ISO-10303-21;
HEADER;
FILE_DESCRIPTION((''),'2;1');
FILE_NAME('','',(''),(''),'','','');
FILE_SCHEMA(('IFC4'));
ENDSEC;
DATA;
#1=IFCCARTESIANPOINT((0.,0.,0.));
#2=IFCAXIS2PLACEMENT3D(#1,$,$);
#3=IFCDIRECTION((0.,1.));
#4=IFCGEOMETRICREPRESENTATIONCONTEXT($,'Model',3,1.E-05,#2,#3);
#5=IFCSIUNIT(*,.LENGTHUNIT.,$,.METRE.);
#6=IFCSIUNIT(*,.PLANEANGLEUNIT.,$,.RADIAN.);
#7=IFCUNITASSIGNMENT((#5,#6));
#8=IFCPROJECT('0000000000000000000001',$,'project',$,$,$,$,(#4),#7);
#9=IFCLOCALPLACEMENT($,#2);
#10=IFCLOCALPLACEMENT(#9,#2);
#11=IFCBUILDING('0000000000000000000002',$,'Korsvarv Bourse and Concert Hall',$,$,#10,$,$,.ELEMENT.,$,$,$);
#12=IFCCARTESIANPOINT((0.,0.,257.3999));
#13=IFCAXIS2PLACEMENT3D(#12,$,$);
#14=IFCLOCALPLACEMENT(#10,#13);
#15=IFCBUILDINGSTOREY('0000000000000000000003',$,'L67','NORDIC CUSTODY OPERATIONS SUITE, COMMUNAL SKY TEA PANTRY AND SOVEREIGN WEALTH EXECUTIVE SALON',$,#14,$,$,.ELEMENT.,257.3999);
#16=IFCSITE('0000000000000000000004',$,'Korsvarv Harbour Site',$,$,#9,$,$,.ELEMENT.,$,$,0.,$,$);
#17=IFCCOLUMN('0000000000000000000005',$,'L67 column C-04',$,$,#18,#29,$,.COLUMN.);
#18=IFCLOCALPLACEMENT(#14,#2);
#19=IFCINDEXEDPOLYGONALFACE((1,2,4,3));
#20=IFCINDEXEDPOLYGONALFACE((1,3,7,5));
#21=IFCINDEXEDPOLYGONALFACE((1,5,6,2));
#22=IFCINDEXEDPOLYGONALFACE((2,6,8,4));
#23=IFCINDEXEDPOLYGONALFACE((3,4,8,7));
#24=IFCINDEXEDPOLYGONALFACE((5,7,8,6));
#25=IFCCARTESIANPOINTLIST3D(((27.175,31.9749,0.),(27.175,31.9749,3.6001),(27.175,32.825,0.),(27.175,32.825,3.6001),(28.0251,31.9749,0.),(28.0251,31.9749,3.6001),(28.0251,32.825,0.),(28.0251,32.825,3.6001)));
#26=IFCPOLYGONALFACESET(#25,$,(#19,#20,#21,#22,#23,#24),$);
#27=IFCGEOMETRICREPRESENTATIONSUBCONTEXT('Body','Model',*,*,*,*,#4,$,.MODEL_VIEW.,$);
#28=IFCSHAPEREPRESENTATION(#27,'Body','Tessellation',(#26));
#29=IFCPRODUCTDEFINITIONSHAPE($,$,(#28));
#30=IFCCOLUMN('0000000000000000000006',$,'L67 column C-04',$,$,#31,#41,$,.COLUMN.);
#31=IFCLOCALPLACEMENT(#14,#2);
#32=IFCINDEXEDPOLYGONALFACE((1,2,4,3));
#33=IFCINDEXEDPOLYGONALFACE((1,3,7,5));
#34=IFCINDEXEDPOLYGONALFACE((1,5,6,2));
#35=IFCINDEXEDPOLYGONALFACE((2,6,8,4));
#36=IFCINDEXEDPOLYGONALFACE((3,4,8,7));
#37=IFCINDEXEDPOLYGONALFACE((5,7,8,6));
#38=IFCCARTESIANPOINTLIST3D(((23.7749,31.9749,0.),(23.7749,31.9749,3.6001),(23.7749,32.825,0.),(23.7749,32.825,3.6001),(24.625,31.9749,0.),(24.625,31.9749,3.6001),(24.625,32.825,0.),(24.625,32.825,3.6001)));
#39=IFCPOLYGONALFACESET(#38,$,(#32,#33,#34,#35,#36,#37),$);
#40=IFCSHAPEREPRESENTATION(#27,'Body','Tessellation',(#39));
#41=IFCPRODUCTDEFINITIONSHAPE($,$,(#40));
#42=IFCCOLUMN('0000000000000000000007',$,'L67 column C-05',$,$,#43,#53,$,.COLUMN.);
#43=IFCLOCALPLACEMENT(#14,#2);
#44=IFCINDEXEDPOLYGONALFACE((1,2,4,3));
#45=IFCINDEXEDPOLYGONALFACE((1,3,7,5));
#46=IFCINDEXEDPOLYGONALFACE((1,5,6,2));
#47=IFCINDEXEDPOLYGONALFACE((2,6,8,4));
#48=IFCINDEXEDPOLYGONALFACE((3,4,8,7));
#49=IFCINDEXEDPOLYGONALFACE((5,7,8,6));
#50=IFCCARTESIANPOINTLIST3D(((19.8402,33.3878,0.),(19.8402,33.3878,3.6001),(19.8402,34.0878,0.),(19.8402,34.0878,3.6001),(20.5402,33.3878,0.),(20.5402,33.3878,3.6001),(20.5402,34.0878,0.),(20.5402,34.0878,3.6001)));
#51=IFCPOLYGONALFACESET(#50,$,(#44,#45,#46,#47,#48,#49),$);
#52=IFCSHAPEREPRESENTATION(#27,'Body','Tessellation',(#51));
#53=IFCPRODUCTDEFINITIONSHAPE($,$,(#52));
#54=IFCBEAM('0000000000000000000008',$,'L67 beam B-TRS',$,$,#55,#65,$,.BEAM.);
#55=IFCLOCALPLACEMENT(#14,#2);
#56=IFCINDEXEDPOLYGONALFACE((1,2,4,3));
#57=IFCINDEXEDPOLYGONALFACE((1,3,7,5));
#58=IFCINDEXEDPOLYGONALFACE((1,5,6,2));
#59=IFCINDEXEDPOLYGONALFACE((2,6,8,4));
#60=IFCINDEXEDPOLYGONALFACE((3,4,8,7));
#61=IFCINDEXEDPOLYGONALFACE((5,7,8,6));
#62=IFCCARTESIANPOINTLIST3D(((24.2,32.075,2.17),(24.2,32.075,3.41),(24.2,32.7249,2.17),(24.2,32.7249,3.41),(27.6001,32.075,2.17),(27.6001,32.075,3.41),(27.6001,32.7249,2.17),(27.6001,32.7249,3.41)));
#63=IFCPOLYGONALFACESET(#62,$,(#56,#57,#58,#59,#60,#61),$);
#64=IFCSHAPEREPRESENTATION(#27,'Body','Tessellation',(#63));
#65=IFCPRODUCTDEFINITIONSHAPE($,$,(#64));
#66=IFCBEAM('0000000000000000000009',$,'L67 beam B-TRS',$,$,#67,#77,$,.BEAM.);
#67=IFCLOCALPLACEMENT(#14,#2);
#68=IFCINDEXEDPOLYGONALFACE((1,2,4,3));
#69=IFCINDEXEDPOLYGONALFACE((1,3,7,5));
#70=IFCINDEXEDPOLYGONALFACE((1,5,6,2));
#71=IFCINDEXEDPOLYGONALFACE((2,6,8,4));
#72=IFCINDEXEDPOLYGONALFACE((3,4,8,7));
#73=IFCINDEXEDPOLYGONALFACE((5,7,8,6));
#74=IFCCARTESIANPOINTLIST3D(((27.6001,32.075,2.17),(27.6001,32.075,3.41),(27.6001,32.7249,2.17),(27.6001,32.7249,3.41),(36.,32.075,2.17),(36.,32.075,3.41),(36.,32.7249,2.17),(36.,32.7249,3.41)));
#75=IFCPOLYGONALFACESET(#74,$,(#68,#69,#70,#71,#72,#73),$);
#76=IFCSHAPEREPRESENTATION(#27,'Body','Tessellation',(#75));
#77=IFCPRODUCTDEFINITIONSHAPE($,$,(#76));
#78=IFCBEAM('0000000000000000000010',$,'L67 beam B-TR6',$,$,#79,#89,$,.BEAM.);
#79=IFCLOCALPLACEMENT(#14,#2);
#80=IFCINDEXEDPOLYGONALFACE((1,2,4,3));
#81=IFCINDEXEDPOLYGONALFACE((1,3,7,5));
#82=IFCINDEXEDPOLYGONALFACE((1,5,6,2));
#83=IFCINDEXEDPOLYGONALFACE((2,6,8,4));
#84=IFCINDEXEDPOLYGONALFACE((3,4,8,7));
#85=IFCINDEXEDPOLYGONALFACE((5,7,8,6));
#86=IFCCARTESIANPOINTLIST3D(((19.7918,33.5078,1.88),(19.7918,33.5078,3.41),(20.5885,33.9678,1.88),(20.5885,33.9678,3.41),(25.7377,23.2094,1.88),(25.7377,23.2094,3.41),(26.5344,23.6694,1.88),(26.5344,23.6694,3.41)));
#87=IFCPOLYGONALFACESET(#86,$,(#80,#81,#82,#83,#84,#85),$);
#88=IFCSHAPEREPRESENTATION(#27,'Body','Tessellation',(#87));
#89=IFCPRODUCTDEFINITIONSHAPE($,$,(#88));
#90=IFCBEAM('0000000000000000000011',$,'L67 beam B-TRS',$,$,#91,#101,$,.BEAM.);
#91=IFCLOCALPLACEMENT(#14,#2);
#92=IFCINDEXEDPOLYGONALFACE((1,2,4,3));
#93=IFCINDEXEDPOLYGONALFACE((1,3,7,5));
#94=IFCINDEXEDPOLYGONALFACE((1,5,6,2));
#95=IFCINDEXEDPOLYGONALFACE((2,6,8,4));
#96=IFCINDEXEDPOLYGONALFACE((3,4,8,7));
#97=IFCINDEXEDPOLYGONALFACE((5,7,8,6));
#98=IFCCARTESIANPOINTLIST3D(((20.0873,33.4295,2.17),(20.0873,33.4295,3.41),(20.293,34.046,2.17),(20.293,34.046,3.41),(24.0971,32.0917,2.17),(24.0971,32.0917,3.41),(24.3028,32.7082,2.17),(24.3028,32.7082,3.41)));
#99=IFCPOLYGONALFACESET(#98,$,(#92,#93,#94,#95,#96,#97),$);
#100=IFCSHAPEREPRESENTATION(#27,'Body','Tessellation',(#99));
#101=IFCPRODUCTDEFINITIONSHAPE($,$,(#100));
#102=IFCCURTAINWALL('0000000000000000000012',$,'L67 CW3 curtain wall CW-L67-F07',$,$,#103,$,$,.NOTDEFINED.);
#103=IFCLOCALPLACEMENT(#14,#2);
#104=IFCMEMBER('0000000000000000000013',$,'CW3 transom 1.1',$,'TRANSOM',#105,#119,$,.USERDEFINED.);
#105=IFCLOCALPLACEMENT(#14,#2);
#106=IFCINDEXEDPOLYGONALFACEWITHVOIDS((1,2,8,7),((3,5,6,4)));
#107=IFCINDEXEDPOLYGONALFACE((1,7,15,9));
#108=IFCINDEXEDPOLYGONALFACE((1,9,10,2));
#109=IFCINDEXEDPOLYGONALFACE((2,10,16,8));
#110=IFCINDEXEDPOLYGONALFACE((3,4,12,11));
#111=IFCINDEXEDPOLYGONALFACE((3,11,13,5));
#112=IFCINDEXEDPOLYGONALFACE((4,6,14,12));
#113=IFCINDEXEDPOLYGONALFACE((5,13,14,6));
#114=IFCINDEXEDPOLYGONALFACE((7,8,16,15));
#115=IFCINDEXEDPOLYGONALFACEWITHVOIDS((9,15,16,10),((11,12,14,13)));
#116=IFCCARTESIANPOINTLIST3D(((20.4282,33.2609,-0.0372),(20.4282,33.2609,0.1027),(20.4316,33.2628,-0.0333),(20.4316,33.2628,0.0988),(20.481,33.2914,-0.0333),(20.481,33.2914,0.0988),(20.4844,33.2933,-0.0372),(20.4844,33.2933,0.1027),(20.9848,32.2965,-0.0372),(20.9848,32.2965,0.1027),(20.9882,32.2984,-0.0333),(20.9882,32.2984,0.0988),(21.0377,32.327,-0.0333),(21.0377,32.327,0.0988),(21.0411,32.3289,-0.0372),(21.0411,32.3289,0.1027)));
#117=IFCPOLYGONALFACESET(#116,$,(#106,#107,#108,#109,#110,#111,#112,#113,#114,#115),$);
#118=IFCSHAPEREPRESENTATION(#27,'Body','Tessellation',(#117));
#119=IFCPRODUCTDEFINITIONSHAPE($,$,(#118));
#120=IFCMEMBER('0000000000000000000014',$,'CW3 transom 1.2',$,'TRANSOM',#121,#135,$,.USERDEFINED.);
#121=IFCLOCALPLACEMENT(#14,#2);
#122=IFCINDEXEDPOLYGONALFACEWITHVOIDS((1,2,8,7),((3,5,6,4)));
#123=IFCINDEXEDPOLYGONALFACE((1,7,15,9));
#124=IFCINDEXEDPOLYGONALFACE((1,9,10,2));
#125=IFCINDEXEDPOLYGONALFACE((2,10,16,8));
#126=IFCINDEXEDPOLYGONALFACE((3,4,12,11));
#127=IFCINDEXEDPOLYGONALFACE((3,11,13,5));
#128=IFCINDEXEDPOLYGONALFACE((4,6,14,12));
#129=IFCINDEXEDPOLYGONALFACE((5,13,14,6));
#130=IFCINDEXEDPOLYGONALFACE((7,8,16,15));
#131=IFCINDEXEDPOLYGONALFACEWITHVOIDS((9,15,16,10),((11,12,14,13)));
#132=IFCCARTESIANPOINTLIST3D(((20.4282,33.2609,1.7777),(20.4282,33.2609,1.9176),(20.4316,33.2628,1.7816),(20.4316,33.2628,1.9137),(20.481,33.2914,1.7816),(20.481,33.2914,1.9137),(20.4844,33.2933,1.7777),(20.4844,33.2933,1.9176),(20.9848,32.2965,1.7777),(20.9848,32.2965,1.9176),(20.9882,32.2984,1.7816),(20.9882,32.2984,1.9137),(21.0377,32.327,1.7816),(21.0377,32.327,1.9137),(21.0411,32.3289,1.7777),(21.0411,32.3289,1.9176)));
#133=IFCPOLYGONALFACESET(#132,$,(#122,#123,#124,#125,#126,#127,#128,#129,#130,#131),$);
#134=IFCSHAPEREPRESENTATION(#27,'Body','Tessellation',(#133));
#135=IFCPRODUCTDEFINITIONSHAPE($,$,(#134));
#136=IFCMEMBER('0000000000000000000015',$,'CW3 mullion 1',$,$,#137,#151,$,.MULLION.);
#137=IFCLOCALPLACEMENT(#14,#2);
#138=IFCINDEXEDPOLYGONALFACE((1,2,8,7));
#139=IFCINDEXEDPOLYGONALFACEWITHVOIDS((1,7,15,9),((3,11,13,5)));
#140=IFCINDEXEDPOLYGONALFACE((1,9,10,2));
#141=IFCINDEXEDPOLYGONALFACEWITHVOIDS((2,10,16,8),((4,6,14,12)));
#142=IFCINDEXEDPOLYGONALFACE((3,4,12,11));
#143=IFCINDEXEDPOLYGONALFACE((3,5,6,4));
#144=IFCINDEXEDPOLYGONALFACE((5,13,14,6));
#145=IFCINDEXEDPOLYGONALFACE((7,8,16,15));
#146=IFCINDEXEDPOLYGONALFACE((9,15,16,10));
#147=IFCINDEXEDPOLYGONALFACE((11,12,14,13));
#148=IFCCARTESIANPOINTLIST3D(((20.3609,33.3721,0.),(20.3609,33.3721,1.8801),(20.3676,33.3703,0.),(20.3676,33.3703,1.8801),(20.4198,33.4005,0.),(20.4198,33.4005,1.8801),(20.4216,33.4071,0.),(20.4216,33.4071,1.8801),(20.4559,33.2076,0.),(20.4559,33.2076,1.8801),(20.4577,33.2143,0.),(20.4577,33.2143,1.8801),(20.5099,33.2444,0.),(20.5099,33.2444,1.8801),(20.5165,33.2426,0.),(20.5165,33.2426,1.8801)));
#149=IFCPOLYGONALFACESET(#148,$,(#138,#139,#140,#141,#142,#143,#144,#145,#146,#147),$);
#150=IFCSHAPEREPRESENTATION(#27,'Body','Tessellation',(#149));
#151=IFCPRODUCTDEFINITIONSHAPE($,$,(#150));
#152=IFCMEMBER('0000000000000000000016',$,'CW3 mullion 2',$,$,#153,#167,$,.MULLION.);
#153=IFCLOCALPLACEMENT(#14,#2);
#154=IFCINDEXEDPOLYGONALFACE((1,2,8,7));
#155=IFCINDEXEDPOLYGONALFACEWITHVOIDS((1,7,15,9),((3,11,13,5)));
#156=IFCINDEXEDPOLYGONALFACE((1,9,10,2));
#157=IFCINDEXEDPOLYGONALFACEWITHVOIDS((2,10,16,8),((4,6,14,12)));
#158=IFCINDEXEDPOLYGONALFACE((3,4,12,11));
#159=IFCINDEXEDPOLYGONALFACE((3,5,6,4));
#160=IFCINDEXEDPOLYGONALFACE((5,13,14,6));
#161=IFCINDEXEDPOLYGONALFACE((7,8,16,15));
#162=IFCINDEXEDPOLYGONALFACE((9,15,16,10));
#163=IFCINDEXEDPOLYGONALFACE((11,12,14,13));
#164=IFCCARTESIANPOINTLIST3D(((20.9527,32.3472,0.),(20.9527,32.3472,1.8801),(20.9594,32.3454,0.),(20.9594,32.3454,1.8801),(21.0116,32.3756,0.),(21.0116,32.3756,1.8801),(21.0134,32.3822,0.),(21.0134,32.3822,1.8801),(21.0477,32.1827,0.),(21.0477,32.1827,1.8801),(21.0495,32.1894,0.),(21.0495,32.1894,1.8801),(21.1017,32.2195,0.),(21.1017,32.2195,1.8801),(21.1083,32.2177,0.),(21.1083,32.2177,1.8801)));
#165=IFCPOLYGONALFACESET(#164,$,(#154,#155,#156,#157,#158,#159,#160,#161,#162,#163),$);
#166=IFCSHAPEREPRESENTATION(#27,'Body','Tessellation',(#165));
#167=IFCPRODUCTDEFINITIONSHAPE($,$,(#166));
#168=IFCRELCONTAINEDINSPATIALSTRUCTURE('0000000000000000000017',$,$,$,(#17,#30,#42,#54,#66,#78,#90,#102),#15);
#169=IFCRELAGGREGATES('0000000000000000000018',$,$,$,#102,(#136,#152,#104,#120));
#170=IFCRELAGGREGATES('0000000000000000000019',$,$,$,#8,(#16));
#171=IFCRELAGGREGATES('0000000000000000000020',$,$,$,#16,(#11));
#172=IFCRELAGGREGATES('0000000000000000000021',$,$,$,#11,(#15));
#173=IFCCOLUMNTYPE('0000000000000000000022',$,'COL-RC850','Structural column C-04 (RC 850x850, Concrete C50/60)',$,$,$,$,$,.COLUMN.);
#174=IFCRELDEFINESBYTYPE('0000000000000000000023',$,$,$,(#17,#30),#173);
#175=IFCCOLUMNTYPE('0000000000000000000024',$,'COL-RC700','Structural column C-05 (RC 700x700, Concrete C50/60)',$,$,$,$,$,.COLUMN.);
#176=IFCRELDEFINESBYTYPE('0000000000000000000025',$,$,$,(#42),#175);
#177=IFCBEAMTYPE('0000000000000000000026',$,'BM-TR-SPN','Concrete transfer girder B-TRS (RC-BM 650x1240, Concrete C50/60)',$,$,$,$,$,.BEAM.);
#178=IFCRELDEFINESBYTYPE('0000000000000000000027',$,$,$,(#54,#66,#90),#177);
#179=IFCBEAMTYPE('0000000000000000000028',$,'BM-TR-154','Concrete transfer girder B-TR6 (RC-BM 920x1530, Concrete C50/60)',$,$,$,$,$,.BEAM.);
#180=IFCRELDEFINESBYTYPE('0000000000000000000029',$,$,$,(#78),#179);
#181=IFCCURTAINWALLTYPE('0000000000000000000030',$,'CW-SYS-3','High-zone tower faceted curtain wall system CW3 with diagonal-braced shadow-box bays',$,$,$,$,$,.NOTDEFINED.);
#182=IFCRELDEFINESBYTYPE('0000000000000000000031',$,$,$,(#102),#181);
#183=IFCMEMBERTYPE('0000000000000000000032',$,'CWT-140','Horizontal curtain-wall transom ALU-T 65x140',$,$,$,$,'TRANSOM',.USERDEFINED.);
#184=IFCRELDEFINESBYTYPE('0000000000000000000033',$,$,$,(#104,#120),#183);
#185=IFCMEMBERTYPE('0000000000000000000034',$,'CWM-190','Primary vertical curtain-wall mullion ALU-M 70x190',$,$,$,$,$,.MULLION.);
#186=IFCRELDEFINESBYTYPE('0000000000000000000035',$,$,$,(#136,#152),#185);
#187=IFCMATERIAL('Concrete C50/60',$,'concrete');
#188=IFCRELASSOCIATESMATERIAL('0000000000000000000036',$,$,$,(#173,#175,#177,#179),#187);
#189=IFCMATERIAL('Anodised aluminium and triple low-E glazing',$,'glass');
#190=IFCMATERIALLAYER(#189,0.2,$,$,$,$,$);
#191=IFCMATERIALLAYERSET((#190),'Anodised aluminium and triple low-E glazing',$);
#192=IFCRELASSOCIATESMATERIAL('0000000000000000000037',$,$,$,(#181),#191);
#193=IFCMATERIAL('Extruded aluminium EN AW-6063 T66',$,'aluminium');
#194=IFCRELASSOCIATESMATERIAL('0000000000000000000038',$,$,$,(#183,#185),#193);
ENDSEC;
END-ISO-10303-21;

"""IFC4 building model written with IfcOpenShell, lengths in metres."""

from ifc_helpers import new_model, si_unit, direction, frame, origin, origin_2d, place, context, subcontext, project, spatial, rectangle, hollow_rectangle, extrude, source, transform, mapped, material, layer, layer_set, material_profile, profile_set, type_object, element, aggregate, save


model = new_model("IFC4")

# Units and contexts
model_context = context("Model", 3, precision=1e-05, world=origin(), true_north=direction((0.0, 1.0)))
body_context = subcontext(model_context, "Body", "Model", "MODEL_VIEW")
ifc_project = project(units=[si_unit("LENGTHUNIT", "METRE"), si_unit("PLANEANGLEUNIT", "RADIAN")], contexts=[model_context])

# Site, building, storey
site_placement = place(None, origin())
site = spatial("IfcSite", under=ifc_project, at=site_placement, Name="Korsvarv Harbour Site", CompositionType="ELEMENT", RefElevation=0.0)
building_placement = place(site_placement, origin())
building = spatial("IfcBuilding", under=site, at=building_placement, Name="Korsvarv Bourse and Concert Hall", CompositionType="ELEMENT")
storey_placement = place(building_placement, frame((0.0, 0.0, 257.3999)))
storey = spatial("IfcBuildingStorey", under=building, at=storey_placement, Name="L67", Description="NORDIC CUSTODY OPERATIONS SUITE, COMMUNAL SKY TEA PANTRY AND SOVEREIGN WEALTH EXECUTIVE SALON", CompositionType="ELEMENT", Elevation=257.3999)

# Columns
ifc_material_1 = material(Name="Concrete C50/60", Category="concrete")
ifc_material_profile_1 = material_profile(ifc_material_1, rectangle(XDim=0.8501, YDim=0.8501, at=origin_2d()), Name="RC 850x850")
ifc_profile_set_1 = profile_set([ifc_material_profile_1], Name="Concrete C50/60")
column_type_1 = type_object("IfcColumnType", Name="COL-RC850", Description="Structural column C-04 (RC 850x850, Concrete C50/60)", PredefinedType="COLUMN", material=ifc_profile_set_1)
shared_shape_1 = source(origin(), body_context, "Body", "SweptSolid", [
    extrude(rectangle(XDim=0.8501, YDim=0.8501, at=origin_2d()), origin(), (0.0, 0.0, 1.0), 3.6001),
])
for number, where, z_axis, x_axis, name in (
    (1, (27.6001, 32.3999, 0.0), (0.0, 0.0, 1.0), (1.0, 0.0, 0.0), "L67 column C-04"),
    (2, (24.2, 32.3999, 0.0), (0.0, 0.0, 1.0), (1.0, 0.0, 0.0), "L67 column C-04"),
):
    element("IfcColumn", number, at=place(storey_placement, frame(where, z_axis=z_axis, x_axis=x_axis)), inside=storey, type_object=column_type_1, Name=name, PredefinedType="COLUMN", context=body_context, shape_type="MappedRepresentation", body=[
        mapped(shared_shape_1, transform((0.0, 0.0, 0.0), scale=1.0)),
    ])
ifc_material_profile_2 = material_profile(ifc_material_1, rectangle(XDim=0.7, YDim=0.7, at=origin_2d()), Name="RC 700x700")
ifc_profile_set_2 = profile_set([ifc_material_profile_2], Name="Concrete C50/60")
column_type_2 = type_object("IfcColumnType", Name="COL-RC700", Description="Structural column C-05 (RC 700x700, Concrete C50/60)", PredefinedType="COLUMN", material=ifc_profile_set_2)
shared_shape_2 = source(origin(), body_context, "Body", "SweptSolid", [
    extrude(rectangle(XDim=0.7, YDim=0.7, at=origin_2d()), origin(), (0.0, 0.0, 1.0), 3.6001),
])
column_placement = place(storey_placement, frame((20.1902, 33.7378, 0.0), z_axis=(0.0, 0.0, 1.0), x_axis=(1.0, 0.0, 0.0)))
element("IfcColumn", 3, at=column_placement, inside=storey, type_object=column_type_2, Name="L67 column C-05", PredefinedType="COLUMN", context=body_context, shape_type="MappedRepresentation", body=[
    mapped(shared_shape_2, transform((0.0, 0.0, 0.0), scale=1.0)),
])

# Beams
ifc_material_profile_3 = material_profile(ifc_material_1, rectangle(XDim=0.6499, YDim=1.24, at=origin_2d()), Name="RC-BM 650x1240")
ifc_profile_set_3 = profile_set([ifc_material_profile_3], Name="Concrete C50/60")
beam_type_1 = type_object("IfcBeamType", Name="BM-TR-SPN", Description="Concrete transfer girder B-TRS (RC-BM 650x1240, Concrete C50/60)", PredefinedType="BEAM", material=ifc_profile_set_3)
shared_shape_3 = source(origin(), body_context, "Body", "SweptSolid", [
    extrude(rectangle(XDim=0.6499, YDim=1.24, at=origin_2d()), origin(), (0.0, 0.0, 1.0), 3.4001),
])
beam_1_placement = place(storey_placement, frame((24.2, 32.3999, 2.79), z_axis=(1.0, 0.0, 0.0), x_axis=(0.0, 1.0, 0.0)))
element("IfcBeam", 4, at=beam_1_placement, inside=storey, type_object=beam_type_1, Name="L67 beam B-TRS", PredefinedType="BEAM", context=body_context, shape_type="MappedRepresentation", body=[
    mapped(shared_shape_3, transform((0.0, 0.0, 0.0), scale=1.0)),
])
shared_shape_4 = source(origin(), body_context, "Body", "SweptSolid", [
    extrude(rectangle(XDim=0.6499, YDim=1.24, at=origin_2d()), origin(), (0.0, 0.0, 1.0), 8.3999),
])
beam_2_placement = place(storey_placement, frame((27.6001, 32.3999, 2.79), z_axis=(1.0, 0.0, 0.0), x_axis=(0.0, 1.0, 0.0)))
element("IfcBeam", 5, at=beam_2_placement, inside=storey, type_object=beam_type_1, Name="L67 beam B-TRS", PredefinedType="BEAM", context=body_context, shape_type="MappedRepresentation", body=[
    mapped(shared_shape_4, transform((0.0, 0.0, 0.0), scale=1.0)),
])
ifc_material_profile_4 = material_profile(ifc_material_1, rectangle(XDim=0.9199, YDim=1.53, at=origin_2d()), Name="RC-BM 920x1530")
ifc_profile_set_4 = profile_set([ifc_material_profile_4], Name="Concrete C50/60")
beam_type_2 = type_object("IfcBeamType", Name="BM-TR-154", Description="Concrete transfer girder B-TR6 (RC-BM 920x1530, Concrete C50/60)", PredefinedType="BEAM", material=ifc_profile_set_4)
shared_shape_5 = source(origin(), body_context, "Body", "SweptSolid", [
    extrude(rectangle(XDim=0.9199, YDim=1.53, at=origin_2d()), origin(), (0.0, 0.0, 1.0), 11.8916),
])
beam_3_placement = place(storey_placement, frame((20.1902, 33.7378, 2.645), z_axis=(0.500003, -0.866024, 0.0), x_axis=(0.866024, 0.500003, 0.0)))
element("IfcBeam", 6, at=beam_3_placement, inside=storey, type_object=beam_type_2, Name="L67 beam B-TR6", PredefinedType="BEAM", context=body_context, shape_type="MappedRepresentation", body=[
    mapped(shared_shape_5, transform((0.0, 0.0, 0.0), scale=1.0)),
])
shared_shape_6 = source(origin(), body_context, "Body", "SweptSolid", [
    extrude(rectangle(XDim=0.6499, YDim=1.24, at=origin_2d()), origin(), (0.0, 0.0, 1.0), 4.2271),
])
beam_4_placement = place(storey_placement, frame((20.1902, 33.7378, 2.79), z_axis=(0.948591, -0.316505, 0.0), x_axis=(0.316505, 0.948591, 0.0)))
element("IfcBeam", 7, at=beam_4_placement, inside=storey, type_object=beam_type_1, Name="L67 beam B-TRS", PredefinedType="BEAM", context=body_context, shape_type="MappedRepresentation", body=[
    mapped(shared_shape_6, transform((0.0, 0.0, 0.0), scale=1.0)),
])

# Curtain wall, members
ifc_material_2 = material(Name="Anodised aluminium and triple low-E glazing", Category="glass")
ifc_layer_1 = layer(ifc_material_2, 0.2)
ifc_layer_set_1 = layer_set([ifc_layer_1], Name="Anodised aluminium and triple low-E glazing")
curtain_wall_type = type_object("IfcCurtainWallType", Name="CW-SYS-3", Description="High-zone tower faceted curtain wall system CW3 with diagonal-braced shadow-box bays", PredefinedType="NOTDEFINED", material=ifc_layer_set_1)
curtain_wall_placement = place(storey_placement, origin())
curtain_wall = element("IfcCurtainWall", 8, at=curtain_wall_placement, inside=storey, type_object=curtain_wall_type, Name="L67 CW3 curtain wall CW-L67-F07", PredefinedType="NOTDEFINED")
ifc_material_3 = material(Name="Extruded aluminium EN AW-6063 T66", Category="aluminium")
ifc_material_profile_5 = material_profile(ifc_material_3, hollow_rectangle(XDim=0.0649, YDim=0.1399, WallThickness=0.0039, at=origin_2d()), Name="ALU-T 65x140")
ifc_profile_set_5 = profile_set([ifc_material_profile_5], Name="Extruded aluminium EN AW-6063 T66")
member_type_1 = type_object("IfcMemberType", Name="CWT-140", Description="Horizontal curtain-wall transom ALU-T 65x140", ElementType="TRANSOM", PredefinedType="USERDEFINED", material=ifc_profile_set_5)
shared_shape_7 = source(origin(), body_context, "Body", "SweptSolid", [
    extrude(hollow_rectangle(XDim=0.0649, YDim=0.1399, WallThickness=0.0039, at=origin_2d()), origin(), (0.0, 0.0, 1.0), 1.1135),
])
member_1_placement = place(storey_placement, frame((20.4563, 33.2771, 0.0327), z_axis=(0.499912, -0.866076, 0.0), x_axis=(0.866076, 0.499912, 0.0)))
member_1 = element("IfcMember", 9, at=member_1_placement, type_object=member_type_1, Name="CW3 transom 1.1", ObjectType="TRANSOM", PredefinedType="USERDEFINED", context=body_context, shape_type="MappedRepresentation", body=[
    mapped(shared_shape_7, transform((0.0, 0.0, 0.0), scale=1.0)),
])
member_2_placement = place(storey_placement, frame((20.4563, 33.2771, 1.8477), z_axis=(0.499912, -0.866076, 0.0), x_axis=(0.866076, 0.499912, 0.0)))
member_2 = element("IfcMember", 10, at=member_2_placement, type_object=member_type_1, Name="CW3 transom 1.2", ObjectType="TRANSOM", PredefinedType="USERDEFINED", context=body_context, shape_type="MappedRepresentation", body=[
    mapped(shared_shape_7, transform((0.0, 0.0, 0.0), scale=1.0)),
])
ifc_material_profile_6 = material_profile(ifc_material_3, hollow_rectangle(XDim=0.0701, YDim=0.1899, WallThickness=0.0049, at=origin_2d()), Name="ALU-M 70x190")
ifc_profile_set_6 = profile_set([ifc_material_profile_6], Name="Extruded aluminium EN AW-6063 T66")
member_type_2 = type_object("IfcMemberType", Name="CWM-190", Description="Primary vertical curtain-wall mullion ALU-M 70x190", PredefinedType="MULLION", material=ifc_profile_set_6)
shared_shape_8 = source(origin(), body_context, "Body", "SweptSolid", [
    extrude(hollow_rectangle(XDim=0.0701, YDim=0.1899, WallThickness=0.0049, at=origin_2d()), origin(), (0.0, 0.0, 1.0), 1.8801),
])
member_3_placement = place(storey_placement, frame((20.4387, 33.3074, 0.0), z_axis=(0.0, 0.0, 1.0), x_axis=(0.866023, 0.500004, 0.0)))
member_3 = element("IfcMember", 11, at=member_3_placement, type_object=member_type_2, Name="CW3 mullion 1", PredefinedType="MULLION", context=body_context, shape_type="MappedRepresentation", body=[
    mapped(shared_shape_8, transform((0.0, 0.0, 0.0), scale=1.0)),
])
member_4_placement = place(storey_placement, frame((21.0305, 32.2825, 0.0), z_axis=(0.0, 0.0, 1.0), x_axis=(0.866023, 0.500004, 0.0)))
member_4 = element("IfcMember", 12, at=member_4_placement, type_object=member_type_2, Name="CW3 mullion 2", PredefinedType="MULLION", context=body_context, shape_type="MappedRepresentation", body=[
    mapped(shared_shape_8, transform((0.0, 0.0, 0.0), scale=1.0)),
])
aggregate(curtain_wall, [member_3, member_4, member_1, member_2])

save(model, "model.ifc")
